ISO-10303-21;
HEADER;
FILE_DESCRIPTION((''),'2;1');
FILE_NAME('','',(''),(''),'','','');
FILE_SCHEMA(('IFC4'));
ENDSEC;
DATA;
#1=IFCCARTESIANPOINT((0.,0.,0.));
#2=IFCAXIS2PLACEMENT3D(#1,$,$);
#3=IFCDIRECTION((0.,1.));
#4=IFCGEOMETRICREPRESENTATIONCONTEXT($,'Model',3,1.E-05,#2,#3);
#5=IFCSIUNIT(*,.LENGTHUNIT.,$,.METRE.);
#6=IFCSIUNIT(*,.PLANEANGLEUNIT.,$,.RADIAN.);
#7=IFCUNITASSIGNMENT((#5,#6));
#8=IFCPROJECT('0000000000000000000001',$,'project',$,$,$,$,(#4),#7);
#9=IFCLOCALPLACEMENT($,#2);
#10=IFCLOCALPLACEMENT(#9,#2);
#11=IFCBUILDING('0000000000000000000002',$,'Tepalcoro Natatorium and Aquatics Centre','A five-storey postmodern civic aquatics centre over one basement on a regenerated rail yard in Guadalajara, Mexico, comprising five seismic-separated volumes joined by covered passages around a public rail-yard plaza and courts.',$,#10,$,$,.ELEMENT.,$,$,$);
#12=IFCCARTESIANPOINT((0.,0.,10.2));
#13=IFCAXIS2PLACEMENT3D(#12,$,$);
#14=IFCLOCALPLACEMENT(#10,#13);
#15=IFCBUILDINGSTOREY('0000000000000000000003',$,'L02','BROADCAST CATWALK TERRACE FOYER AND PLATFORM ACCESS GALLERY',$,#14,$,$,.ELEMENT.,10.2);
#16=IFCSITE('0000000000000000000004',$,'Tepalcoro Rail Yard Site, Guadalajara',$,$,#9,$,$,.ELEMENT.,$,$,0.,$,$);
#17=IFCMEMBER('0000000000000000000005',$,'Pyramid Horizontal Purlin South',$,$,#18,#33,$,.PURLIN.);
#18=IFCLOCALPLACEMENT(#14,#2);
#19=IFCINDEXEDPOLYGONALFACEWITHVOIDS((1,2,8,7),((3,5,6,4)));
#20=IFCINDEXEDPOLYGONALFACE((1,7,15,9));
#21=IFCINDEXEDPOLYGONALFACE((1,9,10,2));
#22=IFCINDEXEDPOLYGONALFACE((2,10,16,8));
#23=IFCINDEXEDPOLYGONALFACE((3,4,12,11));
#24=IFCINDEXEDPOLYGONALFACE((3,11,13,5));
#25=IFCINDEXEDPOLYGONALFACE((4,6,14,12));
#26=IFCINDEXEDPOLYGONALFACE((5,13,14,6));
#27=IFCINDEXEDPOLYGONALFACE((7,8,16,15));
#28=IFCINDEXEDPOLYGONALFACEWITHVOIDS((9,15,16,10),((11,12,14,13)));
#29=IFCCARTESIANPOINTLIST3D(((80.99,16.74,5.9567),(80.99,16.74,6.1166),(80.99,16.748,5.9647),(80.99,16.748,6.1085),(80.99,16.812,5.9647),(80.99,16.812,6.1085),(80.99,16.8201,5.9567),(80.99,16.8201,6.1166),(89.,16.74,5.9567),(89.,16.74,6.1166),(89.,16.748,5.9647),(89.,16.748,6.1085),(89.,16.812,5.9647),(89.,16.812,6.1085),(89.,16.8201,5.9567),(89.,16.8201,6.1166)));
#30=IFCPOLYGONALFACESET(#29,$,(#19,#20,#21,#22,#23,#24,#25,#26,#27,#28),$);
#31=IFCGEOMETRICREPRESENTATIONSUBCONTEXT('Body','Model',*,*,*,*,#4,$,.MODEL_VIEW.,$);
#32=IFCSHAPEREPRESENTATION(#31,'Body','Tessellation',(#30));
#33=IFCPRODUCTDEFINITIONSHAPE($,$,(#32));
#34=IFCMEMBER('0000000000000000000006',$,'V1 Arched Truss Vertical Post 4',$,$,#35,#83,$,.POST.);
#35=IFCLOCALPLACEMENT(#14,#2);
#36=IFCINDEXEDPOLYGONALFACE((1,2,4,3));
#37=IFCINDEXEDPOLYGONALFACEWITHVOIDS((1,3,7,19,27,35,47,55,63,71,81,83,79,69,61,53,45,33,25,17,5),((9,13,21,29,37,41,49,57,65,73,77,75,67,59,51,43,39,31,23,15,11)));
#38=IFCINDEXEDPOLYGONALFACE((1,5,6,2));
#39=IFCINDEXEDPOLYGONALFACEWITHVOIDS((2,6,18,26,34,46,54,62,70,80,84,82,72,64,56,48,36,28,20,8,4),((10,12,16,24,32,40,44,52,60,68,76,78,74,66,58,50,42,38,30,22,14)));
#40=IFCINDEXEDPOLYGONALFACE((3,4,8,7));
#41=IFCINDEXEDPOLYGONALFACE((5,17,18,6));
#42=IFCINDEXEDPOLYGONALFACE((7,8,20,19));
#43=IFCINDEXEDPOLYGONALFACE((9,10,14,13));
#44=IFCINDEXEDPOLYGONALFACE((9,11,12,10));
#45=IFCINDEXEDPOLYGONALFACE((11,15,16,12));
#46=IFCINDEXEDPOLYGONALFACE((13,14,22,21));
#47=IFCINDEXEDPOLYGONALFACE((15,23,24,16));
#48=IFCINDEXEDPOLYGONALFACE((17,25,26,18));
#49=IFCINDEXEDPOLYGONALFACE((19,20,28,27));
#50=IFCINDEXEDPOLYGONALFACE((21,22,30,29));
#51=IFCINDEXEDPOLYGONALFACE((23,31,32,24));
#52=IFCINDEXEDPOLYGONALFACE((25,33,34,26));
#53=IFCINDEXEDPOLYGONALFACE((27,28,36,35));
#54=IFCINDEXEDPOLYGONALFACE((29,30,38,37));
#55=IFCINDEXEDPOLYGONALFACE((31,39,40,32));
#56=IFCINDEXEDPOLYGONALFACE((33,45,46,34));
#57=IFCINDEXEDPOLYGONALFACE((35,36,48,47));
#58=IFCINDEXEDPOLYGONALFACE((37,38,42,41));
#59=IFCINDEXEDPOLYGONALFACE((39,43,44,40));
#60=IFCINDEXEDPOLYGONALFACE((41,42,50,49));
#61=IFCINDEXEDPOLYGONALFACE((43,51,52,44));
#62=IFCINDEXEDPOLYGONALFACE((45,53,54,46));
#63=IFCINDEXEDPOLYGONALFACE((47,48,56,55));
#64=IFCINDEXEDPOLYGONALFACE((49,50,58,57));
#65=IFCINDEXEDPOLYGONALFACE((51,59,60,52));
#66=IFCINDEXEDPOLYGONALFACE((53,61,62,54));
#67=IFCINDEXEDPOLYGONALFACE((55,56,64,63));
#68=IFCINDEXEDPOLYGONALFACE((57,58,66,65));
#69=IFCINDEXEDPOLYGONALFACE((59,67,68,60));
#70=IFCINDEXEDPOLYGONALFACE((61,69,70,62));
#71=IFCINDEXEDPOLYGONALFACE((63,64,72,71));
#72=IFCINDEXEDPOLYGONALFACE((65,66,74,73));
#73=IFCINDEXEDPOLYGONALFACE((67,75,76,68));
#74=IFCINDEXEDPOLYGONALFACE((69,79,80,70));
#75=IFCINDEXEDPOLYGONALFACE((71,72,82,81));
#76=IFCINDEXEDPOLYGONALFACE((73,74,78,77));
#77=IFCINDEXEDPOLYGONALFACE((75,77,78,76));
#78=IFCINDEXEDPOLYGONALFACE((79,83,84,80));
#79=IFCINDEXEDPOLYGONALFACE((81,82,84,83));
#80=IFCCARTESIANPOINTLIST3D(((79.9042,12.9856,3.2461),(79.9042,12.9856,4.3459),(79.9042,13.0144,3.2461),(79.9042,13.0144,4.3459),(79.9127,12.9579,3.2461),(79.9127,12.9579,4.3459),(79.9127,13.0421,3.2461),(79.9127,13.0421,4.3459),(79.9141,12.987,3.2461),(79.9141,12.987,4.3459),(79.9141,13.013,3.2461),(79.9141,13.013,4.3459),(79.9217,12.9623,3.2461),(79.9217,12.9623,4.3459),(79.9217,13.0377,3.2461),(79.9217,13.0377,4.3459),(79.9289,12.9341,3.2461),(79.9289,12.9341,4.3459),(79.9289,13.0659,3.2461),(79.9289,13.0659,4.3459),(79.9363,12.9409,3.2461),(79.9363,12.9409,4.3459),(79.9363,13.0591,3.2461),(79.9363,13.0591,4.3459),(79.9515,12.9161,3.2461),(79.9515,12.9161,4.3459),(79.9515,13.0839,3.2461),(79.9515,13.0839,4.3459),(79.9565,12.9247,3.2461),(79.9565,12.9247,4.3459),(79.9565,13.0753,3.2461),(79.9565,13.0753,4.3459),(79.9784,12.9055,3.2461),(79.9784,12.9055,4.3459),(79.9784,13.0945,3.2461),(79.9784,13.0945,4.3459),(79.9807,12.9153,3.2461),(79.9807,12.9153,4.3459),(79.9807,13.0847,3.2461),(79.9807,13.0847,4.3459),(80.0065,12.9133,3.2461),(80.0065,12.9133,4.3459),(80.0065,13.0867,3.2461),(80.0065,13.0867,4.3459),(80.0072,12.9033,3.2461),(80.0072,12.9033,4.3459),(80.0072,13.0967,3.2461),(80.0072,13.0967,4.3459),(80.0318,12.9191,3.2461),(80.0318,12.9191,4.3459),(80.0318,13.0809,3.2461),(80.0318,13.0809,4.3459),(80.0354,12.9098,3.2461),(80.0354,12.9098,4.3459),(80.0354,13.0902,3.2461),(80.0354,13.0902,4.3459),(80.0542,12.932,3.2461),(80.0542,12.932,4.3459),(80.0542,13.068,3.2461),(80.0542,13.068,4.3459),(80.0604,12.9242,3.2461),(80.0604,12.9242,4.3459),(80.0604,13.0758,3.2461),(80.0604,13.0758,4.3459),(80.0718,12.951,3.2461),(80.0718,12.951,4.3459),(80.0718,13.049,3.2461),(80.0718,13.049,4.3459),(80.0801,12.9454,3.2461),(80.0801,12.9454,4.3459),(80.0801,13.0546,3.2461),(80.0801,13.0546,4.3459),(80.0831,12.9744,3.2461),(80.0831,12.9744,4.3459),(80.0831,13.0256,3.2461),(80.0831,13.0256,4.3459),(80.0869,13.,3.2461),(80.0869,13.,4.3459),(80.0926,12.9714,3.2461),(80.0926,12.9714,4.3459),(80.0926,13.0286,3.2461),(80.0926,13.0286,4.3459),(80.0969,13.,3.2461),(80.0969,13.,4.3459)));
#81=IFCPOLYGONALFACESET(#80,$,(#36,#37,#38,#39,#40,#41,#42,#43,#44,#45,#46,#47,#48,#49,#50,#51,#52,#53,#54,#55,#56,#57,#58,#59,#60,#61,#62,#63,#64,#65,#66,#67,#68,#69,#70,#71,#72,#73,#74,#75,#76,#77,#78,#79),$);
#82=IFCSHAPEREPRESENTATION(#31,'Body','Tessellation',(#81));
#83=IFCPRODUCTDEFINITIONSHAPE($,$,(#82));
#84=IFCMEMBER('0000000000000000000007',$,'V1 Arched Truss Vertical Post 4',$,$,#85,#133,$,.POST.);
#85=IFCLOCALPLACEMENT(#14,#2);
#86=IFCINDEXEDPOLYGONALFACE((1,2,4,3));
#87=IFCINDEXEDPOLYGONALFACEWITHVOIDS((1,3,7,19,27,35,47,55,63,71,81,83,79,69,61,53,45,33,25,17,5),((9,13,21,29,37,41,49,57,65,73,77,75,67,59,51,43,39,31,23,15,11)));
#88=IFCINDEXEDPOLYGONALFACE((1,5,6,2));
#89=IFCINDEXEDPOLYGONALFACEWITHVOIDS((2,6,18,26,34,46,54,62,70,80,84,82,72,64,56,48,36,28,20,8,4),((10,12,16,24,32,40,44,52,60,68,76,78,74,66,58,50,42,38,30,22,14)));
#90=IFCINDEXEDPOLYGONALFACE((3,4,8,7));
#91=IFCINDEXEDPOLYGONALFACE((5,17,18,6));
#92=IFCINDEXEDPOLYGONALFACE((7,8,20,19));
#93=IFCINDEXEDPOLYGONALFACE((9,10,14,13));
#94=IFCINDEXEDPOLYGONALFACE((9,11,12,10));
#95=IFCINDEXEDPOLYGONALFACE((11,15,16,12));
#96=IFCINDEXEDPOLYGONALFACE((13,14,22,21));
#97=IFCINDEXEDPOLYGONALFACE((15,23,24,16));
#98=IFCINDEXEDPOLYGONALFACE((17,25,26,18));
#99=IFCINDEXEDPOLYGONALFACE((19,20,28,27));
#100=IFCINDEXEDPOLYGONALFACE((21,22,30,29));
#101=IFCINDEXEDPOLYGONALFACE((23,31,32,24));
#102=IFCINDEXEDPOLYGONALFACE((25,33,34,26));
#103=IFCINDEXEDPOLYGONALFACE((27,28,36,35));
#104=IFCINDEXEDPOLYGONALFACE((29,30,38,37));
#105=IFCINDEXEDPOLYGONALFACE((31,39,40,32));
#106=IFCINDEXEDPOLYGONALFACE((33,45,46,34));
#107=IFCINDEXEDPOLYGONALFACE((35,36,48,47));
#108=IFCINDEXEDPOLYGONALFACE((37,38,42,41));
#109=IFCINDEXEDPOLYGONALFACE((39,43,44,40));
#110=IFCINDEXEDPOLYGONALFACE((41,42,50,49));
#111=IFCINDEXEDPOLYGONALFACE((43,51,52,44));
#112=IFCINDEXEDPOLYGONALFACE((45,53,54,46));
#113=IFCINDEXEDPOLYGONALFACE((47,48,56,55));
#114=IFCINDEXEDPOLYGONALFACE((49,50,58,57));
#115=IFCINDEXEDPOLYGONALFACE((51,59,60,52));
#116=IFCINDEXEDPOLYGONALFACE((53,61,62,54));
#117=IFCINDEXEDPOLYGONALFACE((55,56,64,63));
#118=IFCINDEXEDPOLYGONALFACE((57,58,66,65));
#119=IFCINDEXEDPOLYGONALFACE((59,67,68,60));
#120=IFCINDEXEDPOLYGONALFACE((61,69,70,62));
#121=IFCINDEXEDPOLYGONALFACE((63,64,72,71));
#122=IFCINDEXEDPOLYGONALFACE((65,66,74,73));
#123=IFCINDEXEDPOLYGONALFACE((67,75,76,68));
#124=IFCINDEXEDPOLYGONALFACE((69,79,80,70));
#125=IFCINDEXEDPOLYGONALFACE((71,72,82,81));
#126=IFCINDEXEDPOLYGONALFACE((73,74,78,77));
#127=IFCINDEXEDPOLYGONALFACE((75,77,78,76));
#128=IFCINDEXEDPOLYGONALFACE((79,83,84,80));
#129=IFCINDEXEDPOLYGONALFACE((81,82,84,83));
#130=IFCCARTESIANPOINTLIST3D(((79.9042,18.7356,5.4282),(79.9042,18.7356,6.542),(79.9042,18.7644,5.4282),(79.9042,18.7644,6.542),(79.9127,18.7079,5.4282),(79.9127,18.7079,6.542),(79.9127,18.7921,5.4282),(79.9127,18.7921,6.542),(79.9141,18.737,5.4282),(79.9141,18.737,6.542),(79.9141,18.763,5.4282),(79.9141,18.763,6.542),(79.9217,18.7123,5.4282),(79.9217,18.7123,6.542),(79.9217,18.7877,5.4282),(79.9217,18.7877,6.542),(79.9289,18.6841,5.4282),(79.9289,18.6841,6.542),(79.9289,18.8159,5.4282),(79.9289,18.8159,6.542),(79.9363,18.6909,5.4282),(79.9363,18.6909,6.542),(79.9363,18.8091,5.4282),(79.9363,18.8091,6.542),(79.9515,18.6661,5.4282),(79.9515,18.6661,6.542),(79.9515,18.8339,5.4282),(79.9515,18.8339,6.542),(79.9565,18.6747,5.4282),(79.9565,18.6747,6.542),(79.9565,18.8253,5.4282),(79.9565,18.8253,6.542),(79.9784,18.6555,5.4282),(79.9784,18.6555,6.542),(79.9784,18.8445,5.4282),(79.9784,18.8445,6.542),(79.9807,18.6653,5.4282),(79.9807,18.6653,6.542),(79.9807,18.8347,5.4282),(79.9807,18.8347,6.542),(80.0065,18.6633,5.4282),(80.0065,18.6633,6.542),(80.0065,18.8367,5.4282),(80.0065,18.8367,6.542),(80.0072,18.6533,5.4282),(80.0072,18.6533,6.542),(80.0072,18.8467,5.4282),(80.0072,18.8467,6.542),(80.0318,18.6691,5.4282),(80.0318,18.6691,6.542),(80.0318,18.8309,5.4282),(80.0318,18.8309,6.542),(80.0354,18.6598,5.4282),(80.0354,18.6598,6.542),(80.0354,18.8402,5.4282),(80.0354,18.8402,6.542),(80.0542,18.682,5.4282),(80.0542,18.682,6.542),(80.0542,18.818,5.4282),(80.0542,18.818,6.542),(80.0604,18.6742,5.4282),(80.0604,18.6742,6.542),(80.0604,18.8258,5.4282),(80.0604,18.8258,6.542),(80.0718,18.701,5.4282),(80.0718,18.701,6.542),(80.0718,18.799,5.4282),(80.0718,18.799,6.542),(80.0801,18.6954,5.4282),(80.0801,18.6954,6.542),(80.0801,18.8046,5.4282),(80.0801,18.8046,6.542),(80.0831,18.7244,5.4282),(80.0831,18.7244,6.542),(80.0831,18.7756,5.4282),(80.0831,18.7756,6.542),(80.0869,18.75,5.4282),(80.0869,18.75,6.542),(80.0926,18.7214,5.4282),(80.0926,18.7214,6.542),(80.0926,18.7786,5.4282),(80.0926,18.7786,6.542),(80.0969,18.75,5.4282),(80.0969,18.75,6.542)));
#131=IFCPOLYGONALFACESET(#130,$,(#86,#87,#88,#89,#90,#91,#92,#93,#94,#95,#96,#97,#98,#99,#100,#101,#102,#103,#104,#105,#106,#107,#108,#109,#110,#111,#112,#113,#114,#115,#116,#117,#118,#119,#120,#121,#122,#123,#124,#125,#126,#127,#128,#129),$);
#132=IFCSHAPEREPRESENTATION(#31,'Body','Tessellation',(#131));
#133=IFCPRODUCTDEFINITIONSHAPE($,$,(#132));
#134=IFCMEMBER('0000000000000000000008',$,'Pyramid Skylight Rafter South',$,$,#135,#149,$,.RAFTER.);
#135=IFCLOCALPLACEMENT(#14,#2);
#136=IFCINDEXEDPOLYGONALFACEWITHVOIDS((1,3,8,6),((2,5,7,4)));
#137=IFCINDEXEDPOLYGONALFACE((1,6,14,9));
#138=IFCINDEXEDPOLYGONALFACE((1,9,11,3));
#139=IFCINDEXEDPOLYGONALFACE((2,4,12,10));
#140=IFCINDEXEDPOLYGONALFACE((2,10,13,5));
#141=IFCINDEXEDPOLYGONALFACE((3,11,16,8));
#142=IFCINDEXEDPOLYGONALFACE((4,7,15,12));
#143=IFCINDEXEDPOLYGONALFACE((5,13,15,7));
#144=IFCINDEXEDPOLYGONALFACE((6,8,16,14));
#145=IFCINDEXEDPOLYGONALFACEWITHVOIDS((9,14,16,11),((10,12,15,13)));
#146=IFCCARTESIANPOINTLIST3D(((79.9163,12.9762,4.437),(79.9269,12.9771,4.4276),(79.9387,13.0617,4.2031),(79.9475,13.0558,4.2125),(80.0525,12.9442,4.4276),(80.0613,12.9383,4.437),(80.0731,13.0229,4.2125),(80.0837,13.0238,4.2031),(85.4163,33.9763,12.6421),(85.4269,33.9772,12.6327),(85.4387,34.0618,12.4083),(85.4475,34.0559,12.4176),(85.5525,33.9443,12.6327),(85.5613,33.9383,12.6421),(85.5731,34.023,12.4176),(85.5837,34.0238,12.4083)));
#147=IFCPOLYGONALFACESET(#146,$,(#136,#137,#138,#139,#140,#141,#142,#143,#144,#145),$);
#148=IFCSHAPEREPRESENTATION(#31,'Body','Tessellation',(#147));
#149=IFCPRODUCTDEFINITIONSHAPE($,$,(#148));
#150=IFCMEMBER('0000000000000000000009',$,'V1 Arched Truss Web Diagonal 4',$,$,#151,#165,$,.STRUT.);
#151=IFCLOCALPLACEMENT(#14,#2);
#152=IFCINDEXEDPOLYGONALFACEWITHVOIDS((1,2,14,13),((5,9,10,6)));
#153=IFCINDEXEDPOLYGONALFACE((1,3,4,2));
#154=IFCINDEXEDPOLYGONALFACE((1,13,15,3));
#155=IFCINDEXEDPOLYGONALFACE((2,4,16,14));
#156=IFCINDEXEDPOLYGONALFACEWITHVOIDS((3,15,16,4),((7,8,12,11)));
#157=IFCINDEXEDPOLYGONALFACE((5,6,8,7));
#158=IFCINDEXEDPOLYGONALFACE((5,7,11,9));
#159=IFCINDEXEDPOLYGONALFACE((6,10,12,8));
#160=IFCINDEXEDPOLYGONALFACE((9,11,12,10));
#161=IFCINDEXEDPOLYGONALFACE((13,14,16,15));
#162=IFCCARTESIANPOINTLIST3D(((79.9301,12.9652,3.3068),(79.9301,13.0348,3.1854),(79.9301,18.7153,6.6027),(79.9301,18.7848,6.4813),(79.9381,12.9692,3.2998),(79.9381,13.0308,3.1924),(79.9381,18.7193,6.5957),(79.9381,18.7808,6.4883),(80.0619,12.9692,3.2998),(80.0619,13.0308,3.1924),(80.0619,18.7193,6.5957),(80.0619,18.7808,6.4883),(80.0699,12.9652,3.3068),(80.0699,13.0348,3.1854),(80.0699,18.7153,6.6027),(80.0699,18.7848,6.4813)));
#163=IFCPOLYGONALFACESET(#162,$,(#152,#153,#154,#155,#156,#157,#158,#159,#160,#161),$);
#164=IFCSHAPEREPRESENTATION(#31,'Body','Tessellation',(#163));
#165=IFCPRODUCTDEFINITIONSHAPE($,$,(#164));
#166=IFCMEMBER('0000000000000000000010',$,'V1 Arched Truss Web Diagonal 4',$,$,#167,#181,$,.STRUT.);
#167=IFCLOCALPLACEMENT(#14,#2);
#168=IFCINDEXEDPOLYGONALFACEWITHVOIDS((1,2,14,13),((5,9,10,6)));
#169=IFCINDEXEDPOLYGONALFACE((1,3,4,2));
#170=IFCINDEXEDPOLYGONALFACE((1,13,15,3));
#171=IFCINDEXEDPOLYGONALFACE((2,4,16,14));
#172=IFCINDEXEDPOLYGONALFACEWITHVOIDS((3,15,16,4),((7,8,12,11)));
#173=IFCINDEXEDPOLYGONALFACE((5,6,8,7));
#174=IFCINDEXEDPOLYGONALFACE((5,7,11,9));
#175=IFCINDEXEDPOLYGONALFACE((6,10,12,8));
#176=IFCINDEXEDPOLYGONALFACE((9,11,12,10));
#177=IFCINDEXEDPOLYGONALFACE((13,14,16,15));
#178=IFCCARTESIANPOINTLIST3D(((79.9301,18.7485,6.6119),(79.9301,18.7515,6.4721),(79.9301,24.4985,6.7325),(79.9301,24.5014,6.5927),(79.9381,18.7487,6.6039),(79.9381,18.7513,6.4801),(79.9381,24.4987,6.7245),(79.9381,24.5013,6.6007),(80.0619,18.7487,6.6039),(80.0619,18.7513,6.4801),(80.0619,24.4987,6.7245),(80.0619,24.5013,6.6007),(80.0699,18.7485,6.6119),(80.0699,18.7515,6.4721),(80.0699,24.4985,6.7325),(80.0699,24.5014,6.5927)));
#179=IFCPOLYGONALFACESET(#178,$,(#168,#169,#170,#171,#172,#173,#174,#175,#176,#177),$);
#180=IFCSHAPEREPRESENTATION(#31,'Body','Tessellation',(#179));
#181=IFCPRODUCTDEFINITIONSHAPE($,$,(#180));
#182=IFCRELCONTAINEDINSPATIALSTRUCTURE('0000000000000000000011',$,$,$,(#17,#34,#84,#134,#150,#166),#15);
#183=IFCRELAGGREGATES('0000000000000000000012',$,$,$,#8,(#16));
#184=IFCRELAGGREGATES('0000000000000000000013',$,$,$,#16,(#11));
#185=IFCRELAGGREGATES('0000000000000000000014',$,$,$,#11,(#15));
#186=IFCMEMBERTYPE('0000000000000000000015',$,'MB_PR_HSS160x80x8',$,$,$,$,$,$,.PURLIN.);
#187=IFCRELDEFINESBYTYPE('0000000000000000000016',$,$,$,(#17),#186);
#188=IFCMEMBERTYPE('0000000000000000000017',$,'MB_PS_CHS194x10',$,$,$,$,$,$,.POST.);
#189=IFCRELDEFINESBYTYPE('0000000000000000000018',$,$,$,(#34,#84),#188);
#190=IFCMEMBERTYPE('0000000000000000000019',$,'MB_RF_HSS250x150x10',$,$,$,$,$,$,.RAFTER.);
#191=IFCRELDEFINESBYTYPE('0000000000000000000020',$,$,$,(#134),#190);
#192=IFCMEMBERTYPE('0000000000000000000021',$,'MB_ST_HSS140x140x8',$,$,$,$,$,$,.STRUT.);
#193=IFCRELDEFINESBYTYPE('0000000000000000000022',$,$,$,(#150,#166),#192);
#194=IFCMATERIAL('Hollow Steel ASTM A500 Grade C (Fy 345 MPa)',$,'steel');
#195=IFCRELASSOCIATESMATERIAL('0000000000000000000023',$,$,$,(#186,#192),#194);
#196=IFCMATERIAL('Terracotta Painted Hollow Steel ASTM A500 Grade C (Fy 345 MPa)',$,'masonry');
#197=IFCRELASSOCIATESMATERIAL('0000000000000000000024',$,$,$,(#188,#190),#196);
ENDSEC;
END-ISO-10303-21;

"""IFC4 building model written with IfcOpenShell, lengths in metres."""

from ifc_helpers import new_model, si_unit, direction, frame, origin, origin_2d, place, context, subcontext, project, spatial, hollow_rectangle, hollow_circle, extrude, material, material_profile, profile_set, type_object, element, save


model = new_model("IFC4")

# Units and contexts
model_context = context("Model", 3, precision=1e-05, world=origin(), true_north=direction((0.0, 1.0)))
body_context = subcontext(model_context, "Body", "Model", "MODEL_VIEW")
ifc_project = project(units=[si_unit("LENGTHUNIT", "METRE"), si_unit("PLANEANGLEUNIT", "RADIAN")], contexts=[model_context])

# Site, building, storey
site_placement = place(None, origin())
site = spatial("IfcSite", under=ifc_project, at=site_placement, Name="Tepalcoro Rail Yard Site, Guadalajara", CompositionType="ELEMENT", RefElevation=0.0)
building_placement = place(site_placement, origin())
building = spatial("IfcBuilding", under=site, at=building_placement, Name="Tepalcoro Natatorium and Aquatics Centre", Description="A five-storey postmodern civic aquatics centre over one basement on a regenerated rail yard in Guadalajara, Mexico, comprising five seismic-separated volumes joined by covered passages around a public rail-yard plaza and courts.", CompositionType="ELEMENT")
storey_placement = place(building_placement, frame((0.0, 0.0, 10.2)))
storey = spatial("IfcBuildingStorey", under=building, at=storey_placement, Name="L02", Description="BROADCAST CATWALK TERRACE FOYER AND PLATFORM ACCESS GALLERY", CompositionType="ELEMENT", Elevation=10.2)

# Shared definitions
ifc_material_1 = material(Name="Terracotta Painted Hollow Steel ASTM A500 Grade C (Fy 345 MPa)", Category="masonry")

# Members
ifc_material_2 = material(Name="Hollow Steel ASTM A500 Grade C (Fy 345 MPa)", Category="steel")
ifc_material_profile_1 = material_profile(ifc_material_2, hollow_rectangle(XDim=0.0801, YDim=0.1599, WallThickness=0.0081, at=origin_2d()), Name="HSS160X80X8")
ifc_profile_set_1 = profile_set([ifc_material_profile_1], Name="Hollow Steel ASTM A500 Grade C (Fy 345 MPa)")
member_type_1 = type_object("IfcMemberType", Name="MB_PR_HSS160x80x8", PredefinedType="PURLIN", material=ifc_profile_set_1)
member_1_placement = place(storey_placement, frame((80.99, 16.78, 6.0366), z_axis=(1.0, 0.0, 0.0), x_axis=(0.0, 1.0, 0.0)))
element("IfcMember", 1, at=member_1_placement, inside=storey, type_object=member_type_1, Name="Pyramid Horizontal Purlin South", PredefinedType="PURLIN", context=body_context, shape_type="SweptSolid", body=[
    extrude(hollow_rectangle(XDim=0.0801, YDim=0.1599, WallThickness=0.0081, at=origin_2d()), origin(), (0.0, 0.0, 1.0), 8.01),
])
ifc_material_profile_2 = material_profile(ifc_material_1, hollow_circle(Radius=0.0969, WallThickness=0.01, at=origin_2d()), Name="CHS194X10")
ifc_profile_set_2 = profile_set([ifc_material_profile_2], Name="Terracotta Painted Hollow Steel ASTM A500 Grade C (Fy 345 MPa)")
member_type_2 = type_object("IfcMemberType", Name="MB_PS_CHS194x10", PredefinedType="POST", material=ifc_profile_set_2)
member_2_placement = place(storey_placement, frame((80.0, 13.0, 3.2461), z_axis=(0.0, 0.0, 1.0), x_axis=(1.0, 0.0, 0.0)))
element("IfcMember", 2, at=member_2_placement, inside=storey, type_object=member_type_2, Name="V1 Arched Truss Vertical Post 4", PredefinedType="POST", context=body_context, shape_type="SweptSolid", body=[
    extrude(hollow_circle(Radius=0.0969, WallThickness=0.01, at=origin_2d()), origin(), (0.0, 0.0, 1.0), 1.0999),
])
member_3_placement = place(storey_placement, frame((80.0, 18.75, 5.4282), z_axis=(0.0, 0.0, 1.0), x_axis=(1.0, 0.0, 0.0)))
element("IfcMember", 3, at=member_3_placement, inside=storey, type_object=member_type_2, Name="V1 Arched Truss Vertical Post 4", PredefinedType="POST", context=body_context, shape_type="SweptSolid", body=[
    extrude(hollow_circle(Radius=0.0969, WallThickness=0.01, at=origin_2d()), origin(), (0.0, 0.0, 1.0), 1.1138),
])
ifc_material_profile_3 = material_profile(ifc_material_1, hollow_rectangle(XDim=0.1499, YDim=0.25, WallThickness=0.01, at=origin_2d()), Name="HSS250X150X10")
ifc_profile_set_3 = profile_set([ifc_material_profile_3], Name="Terracotta Painted Hollow Steel ASTM A500 Grade C (Fy 345 MPa)")
member_type_3 = type_object("IfcMemberType", Name="MB_RF_HSS250x150x10", PredefinedType="RAFTER", material=ifc_profile_set_3)
member_4_placement = place(storey_placement, frame((80.0, 13.0, 4.3201), z_axis=(0.236996, 0.904892, 0.353558), x_axis=(-0.967372, 0.253359, 0.0)))
element("IfcMember", 4, at=member_4_placement, inside=storey, type_object=member_type_3, Name="Pyramid Skylight Rafter South", PredefinedType="RAFTER", context=body_context, shape_type="SweptSolid", body=[
    extrude(hollow_rectangle(XDim=0.1499, YDim=0.25, WallThickness=0.01, at=origin_2d()), origin(), (0.0, 0.0, 1.0), 23.2073),
])
ifc_material_profile_4 = material_profile(ifc_material_2, hollow_rectangle(XDim=0.1399, YDim=0.1399, WallThickness=0.0081, at=origin_2d()), Name="HSS140X140X8")
ifc_profile_set_4 = profile_set([ifc_material_profile_4], Name="Hollow Steel ASTM A500 Grade C (Fy 345 MPa)")
member_type_4 = type_object("IfcMemberType", Name="MB_ST_HSS140x140x8", PredefinedType="STRUT", material=ifc_profile_set_4)
member_5_placement = place(storey_placement, frame((80.0, 13.0, 3.2461), z_axis=(0.0, 0.86758, 0.497297), x_axis=(-1.0, 0.0, 0.0)))
element("IfcMember", 5, at=member_5_placement, inside=storey, type_object=member_type_4, Name="V1 Arched Truss Web Diagonal 4", PredefinedType="STRUT", context=body_context, shape_type="SweptSolid", body=[
    extrude(hollow_rectangle(XDim=0.1399, YDim=0.1399, WallThickness=0.0081, at=origin_2d()), origin(), (0.0, 0.0, 1.0), 6.6277),
])
member_6_placement = place(storey_placement, frame((80.0, 18.75, 6.542), z_axis=(0.0, 0.99978, 0.02097), x_axis=(-1.0, 0.0, 0.0)))
element("IfcMember", 6, at=member_6_placement, inside=storey, type_object=member_type_4, Name="V1 Arched Truss Web Diagonal 4", PredefinedType="STRUT", context=body_context, shape_type="SweptSolid", body=[
    extrude(hollow_rectangle(XDim=0.1399, YDim=0.1399, WallThickness=0.0081, at=origin_2d()), origin(), (0.0, 0.0, 1.0), 5.7512),
])

save(model, "model.ifc")
